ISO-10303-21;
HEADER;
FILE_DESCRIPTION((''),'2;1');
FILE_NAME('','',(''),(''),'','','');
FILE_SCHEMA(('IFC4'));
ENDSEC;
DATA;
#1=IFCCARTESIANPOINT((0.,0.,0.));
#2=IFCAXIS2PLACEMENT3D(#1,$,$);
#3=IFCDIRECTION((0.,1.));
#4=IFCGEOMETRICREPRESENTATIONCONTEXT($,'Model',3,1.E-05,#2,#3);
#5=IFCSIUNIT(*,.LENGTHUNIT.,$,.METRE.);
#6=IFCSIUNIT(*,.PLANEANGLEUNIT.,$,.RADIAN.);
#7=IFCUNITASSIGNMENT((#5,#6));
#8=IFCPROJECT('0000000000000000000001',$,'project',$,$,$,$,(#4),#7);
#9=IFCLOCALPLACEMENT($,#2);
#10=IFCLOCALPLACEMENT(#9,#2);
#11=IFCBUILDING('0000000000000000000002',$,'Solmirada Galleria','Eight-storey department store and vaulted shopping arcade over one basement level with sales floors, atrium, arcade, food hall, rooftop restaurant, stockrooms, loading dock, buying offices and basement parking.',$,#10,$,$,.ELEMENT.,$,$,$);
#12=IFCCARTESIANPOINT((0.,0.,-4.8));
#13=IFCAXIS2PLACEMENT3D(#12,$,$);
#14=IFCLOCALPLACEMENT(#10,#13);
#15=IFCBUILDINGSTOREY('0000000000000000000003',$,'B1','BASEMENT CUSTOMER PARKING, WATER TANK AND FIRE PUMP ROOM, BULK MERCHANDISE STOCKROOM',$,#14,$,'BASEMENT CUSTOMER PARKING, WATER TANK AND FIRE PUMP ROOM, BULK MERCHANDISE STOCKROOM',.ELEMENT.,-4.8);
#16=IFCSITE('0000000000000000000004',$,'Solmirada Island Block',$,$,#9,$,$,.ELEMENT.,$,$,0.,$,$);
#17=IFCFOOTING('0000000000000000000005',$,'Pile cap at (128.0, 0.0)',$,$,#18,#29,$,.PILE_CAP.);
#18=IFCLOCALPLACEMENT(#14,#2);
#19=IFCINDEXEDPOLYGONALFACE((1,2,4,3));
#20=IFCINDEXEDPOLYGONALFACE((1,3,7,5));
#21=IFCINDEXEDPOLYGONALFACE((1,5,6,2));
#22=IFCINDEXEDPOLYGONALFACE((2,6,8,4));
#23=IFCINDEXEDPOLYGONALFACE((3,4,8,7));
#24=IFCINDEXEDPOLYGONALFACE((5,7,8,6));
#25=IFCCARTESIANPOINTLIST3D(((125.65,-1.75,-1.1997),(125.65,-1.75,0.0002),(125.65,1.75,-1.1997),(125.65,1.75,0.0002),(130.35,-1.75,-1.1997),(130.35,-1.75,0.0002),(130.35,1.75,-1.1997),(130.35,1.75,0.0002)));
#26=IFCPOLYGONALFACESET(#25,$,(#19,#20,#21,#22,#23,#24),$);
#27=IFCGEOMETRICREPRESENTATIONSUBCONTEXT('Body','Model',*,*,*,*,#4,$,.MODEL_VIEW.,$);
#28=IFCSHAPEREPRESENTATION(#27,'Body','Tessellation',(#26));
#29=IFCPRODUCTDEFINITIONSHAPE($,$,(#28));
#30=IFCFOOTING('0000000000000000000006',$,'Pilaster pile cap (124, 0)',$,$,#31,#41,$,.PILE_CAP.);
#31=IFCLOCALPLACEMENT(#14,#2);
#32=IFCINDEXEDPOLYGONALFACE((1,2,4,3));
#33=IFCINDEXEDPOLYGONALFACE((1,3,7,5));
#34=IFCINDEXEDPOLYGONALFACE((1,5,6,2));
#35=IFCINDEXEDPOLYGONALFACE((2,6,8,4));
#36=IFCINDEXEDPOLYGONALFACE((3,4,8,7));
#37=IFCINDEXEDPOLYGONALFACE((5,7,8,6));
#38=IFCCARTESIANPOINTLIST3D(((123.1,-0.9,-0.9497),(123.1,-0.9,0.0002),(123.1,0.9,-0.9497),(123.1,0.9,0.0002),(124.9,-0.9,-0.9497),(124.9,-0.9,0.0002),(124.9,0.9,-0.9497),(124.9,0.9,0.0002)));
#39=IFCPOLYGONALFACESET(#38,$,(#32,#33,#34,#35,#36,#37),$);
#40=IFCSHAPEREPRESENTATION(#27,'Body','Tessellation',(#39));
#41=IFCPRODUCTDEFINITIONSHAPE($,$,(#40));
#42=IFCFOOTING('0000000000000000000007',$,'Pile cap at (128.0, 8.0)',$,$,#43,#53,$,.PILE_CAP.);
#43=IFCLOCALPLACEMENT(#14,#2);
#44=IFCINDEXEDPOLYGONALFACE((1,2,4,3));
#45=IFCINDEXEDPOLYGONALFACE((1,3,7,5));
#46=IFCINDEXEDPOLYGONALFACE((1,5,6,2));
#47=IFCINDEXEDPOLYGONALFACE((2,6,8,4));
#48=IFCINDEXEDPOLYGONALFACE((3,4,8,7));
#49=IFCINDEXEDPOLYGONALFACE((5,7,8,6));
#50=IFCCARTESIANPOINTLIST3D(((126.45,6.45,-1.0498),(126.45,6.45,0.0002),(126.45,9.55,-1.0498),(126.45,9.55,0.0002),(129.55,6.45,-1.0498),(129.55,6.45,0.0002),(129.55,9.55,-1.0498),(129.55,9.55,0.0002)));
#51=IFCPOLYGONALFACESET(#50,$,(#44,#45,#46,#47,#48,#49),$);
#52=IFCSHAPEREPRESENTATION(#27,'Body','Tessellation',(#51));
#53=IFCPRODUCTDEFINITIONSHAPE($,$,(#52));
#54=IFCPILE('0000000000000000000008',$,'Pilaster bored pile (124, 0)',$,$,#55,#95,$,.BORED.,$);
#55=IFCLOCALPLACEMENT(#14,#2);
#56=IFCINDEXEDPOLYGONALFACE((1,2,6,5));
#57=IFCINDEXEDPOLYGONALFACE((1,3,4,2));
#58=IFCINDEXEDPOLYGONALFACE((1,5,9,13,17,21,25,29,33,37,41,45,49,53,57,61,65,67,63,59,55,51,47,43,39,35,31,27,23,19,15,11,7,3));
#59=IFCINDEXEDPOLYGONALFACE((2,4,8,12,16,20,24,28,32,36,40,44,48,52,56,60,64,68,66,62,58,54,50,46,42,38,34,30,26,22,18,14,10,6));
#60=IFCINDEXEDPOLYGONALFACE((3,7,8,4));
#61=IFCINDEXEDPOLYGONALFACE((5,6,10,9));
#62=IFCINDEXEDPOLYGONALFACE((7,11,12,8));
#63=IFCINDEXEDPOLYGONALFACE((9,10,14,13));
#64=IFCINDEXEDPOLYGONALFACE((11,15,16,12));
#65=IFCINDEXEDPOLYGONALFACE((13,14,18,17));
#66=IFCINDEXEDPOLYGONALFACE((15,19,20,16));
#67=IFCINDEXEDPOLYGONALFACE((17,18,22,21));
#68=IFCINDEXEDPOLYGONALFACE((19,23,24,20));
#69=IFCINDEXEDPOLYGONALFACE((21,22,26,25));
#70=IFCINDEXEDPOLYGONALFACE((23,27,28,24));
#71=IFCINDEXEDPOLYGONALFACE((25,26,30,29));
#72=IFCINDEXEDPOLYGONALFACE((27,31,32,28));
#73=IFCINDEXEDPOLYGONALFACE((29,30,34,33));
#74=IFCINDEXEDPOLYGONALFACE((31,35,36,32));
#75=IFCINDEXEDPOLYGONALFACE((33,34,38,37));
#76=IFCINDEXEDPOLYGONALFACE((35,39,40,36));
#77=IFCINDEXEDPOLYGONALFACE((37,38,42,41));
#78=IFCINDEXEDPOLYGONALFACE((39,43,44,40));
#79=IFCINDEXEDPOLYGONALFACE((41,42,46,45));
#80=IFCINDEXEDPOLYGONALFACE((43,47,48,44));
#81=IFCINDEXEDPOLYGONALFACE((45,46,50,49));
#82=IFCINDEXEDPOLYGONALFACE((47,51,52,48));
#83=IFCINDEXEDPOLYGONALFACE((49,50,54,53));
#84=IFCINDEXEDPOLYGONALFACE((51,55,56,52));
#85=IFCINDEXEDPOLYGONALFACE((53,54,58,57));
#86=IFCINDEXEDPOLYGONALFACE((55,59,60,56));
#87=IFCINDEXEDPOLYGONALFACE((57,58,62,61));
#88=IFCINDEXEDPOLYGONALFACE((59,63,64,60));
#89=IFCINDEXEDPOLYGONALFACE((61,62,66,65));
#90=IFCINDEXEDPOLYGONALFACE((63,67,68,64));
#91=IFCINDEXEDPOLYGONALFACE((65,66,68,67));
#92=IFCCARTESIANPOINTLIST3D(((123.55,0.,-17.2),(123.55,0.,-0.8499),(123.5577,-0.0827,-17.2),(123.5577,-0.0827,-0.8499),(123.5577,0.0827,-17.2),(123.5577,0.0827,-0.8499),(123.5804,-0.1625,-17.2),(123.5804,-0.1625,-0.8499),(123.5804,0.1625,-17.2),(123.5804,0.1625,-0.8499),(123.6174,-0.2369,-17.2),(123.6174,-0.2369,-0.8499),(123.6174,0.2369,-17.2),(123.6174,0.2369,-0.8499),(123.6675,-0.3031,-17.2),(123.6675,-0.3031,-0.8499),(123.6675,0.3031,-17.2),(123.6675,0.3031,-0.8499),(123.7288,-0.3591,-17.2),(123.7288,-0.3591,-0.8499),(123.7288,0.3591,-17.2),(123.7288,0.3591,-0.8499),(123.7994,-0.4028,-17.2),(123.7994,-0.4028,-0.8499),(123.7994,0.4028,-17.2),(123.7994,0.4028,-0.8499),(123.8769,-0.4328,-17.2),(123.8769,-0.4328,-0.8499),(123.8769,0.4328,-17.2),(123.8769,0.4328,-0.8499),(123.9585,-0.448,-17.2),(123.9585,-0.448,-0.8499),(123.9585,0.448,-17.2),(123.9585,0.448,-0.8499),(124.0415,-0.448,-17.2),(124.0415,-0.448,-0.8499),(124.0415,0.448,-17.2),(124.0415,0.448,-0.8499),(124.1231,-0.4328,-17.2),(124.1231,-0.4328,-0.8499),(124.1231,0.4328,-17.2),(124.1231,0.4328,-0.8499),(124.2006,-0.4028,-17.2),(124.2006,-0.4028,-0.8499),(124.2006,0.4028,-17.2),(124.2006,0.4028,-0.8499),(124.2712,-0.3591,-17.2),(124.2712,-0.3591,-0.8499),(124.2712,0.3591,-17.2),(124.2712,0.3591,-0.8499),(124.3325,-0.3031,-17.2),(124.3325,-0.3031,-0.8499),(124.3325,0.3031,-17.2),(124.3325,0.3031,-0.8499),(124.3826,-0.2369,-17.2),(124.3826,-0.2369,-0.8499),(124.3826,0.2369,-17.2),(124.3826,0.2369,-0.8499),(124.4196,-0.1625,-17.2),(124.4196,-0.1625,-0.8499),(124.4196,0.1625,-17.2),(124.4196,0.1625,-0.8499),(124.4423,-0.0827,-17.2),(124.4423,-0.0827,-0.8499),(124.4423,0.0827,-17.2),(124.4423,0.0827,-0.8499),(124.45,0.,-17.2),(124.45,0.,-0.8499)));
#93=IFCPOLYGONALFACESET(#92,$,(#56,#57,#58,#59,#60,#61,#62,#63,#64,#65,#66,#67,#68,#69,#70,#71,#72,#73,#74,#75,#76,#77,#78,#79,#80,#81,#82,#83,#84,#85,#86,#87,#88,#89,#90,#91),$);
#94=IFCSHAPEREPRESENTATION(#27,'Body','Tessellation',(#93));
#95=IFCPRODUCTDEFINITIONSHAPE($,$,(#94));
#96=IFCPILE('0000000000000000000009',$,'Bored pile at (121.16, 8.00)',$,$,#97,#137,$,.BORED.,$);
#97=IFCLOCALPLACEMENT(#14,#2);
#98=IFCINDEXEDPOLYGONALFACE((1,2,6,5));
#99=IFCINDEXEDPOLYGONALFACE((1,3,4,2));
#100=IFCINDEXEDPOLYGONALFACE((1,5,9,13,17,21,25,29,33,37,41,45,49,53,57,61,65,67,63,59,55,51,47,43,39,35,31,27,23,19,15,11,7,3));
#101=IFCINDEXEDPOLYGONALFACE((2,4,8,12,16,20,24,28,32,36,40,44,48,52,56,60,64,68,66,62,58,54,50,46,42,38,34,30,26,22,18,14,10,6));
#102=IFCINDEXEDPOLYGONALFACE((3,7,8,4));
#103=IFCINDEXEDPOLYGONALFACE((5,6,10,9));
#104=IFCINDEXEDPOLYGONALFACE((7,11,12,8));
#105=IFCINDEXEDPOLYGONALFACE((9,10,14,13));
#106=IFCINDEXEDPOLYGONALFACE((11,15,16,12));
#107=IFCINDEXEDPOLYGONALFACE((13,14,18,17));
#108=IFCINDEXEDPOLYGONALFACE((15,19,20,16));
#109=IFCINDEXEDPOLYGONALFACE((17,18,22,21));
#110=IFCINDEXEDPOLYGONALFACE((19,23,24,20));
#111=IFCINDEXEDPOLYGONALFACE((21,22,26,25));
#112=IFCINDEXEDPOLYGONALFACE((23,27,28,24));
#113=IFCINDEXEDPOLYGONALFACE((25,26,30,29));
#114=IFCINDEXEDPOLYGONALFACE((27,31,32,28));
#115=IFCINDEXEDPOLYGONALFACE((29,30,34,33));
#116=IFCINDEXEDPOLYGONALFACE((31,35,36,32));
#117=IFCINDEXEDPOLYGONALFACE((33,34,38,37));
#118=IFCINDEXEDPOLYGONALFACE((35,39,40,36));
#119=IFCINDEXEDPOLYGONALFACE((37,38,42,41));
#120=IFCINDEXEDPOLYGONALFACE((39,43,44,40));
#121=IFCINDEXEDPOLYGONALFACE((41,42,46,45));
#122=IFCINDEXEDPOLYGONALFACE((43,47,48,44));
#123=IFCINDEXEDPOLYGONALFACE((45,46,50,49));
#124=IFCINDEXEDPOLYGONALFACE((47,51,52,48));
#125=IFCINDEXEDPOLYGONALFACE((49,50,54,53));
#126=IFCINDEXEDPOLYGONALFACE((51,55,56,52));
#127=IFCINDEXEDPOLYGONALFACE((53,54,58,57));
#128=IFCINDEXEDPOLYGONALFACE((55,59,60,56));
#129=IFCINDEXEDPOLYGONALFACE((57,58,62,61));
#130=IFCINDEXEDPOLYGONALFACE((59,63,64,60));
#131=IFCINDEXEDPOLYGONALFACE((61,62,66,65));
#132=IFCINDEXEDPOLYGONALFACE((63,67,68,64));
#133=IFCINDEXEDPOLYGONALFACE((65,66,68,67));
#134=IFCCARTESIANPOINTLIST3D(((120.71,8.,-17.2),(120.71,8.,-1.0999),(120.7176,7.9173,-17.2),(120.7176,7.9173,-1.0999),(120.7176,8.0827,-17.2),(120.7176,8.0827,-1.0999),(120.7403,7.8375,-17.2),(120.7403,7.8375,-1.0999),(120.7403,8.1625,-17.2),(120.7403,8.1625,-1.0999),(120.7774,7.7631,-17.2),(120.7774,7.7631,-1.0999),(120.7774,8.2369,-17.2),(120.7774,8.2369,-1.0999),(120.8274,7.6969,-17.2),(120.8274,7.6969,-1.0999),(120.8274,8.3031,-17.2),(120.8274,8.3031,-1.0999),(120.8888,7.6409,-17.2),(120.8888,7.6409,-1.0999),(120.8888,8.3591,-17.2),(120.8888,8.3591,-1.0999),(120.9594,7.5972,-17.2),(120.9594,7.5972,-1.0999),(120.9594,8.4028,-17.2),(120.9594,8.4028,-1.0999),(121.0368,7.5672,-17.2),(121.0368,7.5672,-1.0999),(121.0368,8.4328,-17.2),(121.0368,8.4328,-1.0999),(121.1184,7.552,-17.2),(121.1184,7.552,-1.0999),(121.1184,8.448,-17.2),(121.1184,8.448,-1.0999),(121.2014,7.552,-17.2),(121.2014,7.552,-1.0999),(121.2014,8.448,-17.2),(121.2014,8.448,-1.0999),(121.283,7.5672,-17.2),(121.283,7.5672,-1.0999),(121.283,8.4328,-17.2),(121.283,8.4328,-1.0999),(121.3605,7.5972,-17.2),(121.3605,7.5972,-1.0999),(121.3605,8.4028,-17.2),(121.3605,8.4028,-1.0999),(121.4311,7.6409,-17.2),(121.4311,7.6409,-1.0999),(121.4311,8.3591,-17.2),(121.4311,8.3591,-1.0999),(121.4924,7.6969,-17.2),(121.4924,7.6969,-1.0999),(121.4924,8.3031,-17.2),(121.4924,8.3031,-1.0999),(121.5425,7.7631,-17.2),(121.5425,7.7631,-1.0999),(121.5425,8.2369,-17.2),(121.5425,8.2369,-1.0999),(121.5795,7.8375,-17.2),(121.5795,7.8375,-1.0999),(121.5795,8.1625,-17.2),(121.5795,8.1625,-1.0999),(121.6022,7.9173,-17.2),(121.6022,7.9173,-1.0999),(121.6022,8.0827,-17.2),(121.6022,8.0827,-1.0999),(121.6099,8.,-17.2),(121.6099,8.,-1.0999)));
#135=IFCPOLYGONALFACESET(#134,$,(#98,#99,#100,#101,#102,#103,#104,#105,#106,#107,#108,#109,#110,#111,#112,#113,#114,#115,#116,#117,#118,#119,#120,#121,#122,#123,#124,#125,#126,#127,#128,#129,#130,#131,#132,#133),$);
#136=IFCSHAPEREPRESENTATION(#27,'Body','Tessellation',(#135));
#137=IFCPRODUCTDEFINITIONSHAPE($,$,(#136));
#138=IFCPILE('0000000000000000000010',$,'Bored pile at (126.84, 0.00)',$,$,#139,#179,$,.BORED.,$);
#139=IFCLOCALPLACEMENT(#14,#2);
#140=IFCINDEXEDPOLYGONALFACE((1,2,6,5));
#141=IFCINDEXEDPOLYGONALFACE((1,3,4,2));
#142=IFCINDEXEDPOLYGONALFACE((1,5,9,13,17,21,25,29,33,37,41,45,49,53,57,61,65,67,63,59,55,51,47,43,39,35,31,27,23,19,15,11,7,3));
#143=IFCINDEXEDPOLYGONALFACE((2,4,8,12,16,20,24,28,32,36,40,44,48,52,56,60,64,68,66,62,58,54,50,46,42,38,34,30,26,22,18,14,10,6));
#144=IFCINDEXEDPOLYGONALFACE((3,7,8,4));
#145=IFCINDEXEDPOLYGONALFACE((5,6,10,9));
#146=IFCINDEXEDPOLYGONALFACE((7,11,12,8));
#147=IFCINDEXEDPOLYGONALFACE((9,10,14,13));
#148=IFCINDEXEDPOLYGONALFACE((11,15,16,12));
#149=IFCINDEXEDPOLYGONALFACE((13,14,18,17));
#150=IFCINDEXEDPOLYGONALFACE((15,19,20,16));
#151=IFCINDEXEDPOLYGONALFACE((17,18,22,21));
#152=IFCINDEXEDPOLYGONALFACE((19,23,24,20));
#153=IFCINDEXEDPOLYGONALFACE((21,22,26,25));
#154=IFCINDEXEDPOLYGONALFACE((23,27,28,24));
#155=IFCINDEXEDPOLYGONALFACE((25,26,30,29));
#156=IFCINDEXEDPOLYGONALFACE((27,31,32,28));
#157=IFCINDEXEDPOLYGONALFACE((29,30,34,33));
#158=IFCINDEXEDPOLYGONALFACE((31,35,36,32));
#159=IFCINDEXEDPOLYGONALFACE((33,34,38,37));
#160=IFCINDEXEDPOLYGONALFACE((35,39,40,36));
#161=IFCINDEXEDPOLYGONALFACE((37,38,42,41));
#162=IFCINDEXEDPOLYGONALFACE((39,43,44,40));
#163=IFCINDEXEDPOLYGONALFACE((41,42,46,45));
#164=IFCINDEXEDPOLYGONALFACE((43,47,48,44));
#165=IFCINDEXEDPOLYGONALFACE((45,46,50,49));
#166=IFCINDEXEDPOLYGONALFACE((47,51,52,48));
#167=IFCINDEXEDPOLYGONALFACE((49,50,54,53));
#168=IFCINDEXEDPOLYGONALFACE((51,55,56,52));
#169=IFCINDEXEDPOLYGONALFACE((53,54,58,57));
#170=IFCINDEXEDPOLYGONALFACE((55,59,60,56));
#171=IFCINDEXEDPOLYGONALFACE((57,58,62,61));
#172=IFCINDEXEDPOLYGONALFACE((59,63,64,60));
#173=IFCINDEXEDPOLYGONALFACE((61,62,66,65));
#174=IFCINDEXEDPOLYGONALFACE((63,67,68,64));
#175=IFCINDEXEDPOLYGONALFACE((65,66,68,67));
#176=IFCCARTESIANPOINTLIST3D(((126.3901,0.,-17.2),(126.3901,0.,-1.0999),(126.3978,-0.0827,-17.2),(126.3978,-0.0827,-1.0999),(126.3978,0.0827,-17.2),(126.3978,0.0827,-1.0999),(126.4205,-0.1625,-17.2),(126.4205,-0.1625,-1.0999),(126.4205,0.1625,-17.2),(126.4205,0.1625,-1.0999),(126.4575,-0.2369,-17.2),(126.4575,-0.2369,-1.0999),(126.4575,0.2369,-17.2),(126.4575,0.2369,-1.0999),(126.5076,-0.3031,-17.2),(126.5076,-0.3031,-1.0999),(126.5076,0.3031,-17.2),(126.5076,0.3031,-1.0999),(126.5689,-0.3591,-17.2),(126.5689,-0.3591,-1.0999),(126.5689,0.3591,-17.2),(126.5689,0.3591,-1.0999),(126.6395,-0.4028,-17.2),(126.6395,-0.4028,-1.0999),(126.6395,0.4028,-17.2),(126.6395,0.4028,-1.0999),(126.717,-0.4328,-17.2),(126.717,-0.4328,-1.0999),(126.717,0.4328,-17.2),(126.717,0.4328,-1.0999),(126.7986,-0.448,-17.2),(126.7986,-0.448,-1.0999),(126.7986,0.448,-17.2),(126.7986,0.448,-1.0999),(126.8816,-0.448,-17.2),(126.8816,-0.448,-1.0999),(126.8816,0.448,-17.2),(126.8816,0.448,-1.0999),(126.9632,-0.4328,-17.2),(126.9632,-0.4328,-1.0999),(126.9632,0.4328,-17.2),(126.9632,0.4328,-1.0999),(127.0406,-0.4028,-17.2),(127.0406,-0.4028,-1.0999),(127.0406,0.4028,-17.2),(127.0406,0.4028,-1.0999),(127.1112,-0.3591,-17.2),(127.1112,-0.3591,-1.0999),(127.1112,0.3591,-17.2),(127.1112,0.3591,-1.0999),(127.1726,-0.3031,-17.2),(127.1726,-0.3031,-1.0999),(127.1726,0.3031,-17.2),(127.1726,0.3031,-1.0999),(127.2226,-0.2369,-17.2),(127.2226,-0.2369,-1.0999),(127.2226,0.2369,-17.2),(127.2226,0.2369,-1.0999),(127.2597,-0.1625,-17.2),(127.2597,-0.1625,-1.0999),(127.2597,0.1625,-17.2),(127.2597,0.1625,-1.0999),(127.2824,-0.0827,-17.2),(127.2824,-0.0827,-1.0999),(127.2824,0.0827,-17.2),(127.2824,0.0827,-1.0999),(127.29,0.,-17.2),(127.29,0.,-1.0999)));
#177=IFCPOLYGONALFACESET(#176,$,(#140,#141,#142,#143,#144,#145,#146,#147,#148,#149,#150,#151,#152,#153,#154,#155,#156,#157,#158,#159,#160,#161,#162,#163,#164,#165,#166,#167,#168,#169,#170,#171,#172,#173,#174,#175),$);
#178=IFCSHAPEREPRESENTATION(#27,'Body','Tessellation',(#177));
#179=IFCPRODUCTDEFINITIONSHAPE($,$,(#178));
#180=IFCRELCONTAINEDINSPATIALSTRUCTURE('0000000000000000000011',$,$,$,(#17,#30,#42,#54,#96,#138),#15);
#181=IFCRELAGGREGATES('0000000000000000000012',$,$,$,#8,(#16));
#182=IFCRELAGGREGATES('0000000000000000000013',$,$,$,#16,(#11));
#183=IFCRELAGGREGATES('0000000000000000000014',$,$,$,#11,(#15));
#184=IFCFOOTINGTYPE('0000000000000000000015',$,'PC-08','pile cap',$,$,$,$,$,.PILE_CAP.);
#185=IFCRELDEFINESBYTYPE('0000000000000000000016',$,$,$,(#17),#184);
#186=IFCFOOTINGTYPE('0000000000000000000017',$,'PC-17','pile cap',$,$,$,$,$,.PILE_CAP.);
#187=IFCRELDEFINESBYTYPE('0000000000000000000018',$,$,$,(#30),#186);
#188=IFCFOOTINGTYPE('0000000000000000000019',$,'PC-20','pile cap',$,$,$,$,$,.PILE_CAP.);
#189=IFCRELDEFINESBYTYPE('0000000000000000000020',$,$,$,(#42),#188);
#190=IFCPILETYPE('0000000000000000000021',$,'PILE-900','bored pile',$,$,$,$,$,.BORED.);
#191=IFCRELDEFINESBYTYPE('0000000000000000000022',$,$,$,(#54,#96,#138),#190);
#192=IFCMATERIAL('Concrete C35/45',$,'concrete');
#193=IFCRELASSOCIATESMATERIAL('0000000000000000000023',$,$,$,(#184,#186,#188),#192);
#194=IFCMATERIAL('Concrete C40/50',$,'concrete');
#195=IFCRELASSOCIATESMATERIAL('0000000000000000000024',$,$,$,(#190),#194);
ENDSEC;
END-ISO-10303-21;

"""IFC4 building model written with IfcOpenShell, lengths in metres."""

from ifc_helpers import new_model, si_unit, direction, frame, origin, origin_2d, place, context, subcontext, project, spatial, rectangle, circle, extrude, material, material_profile, profile_set, type_object, element, save


model = new_model("IFC4")

# Units and contexts
model_context = context("Model", 3, precision=1e-05, world=origin(), true_north=direction((0.0, 1.0)))
body_context = subcontext(model_context, "Body", "Model", "MODEL_VIEW")
ifc_project = project(units=[si_unit("LENGTHUNIT", "METRE"), si_unit("PLANEANGLEUNIT", "RADIAN")], contexts=[model_context])

# Site, building, storey
site_placement = place(None, origin())
site = spatial("IfcSite", under=ifc_project, at=site_placement, Name="Solmirada Island Block", CompositionType="ELEMENT", RefElevation=0.0)
building_placement = place(site_placement, origin())
building = spatial("IfcBuilding", under=site, at=building_placement, Name="Solmirada Galleria", Description="Eight-storey department store and vaulted shopping arcade over one basement level with sales floors, atrium, arcade, food hall, rooftop restaurant, stockrooms, loading dock, buying offices and basement parking.", CompositionType="ELEMENT")
storey_placement = place(building_placement, frame((0.0, 0.0, -4.8)))
storey = spatial("IfcBuildingStorey", under=building, at=storey_placement, Name="B1", Description="BASEMENT CUSTOMER PARKING, WATER TANK AND FIRE PUMP ROOM, BULK MERCHANDISE STOCKROOM", LongName="BASEMENT CUSTOMER PARKING, WATER TANK AND FIRE PUMP ROOM, BULK MERCHANDISE STOCKROOM", CompositionType="ELEMENT", Elevation=-4.8)

# Footings
ifc_material_1 = material(Name="Concrete C35/45", Category="concrete")
footing_type_1 = type_object("IfcFootingType", Name="PC-08", Description="pile cap", PredefinedType="PILE_CAP", material=ifc_material_1)
footing_1_placement = place(storey_placement, frame((128.0, 0.0, -1.1997), z_axis=(0.0, 0.0, 1.0), x_axis=(1.0, 0.0, 0.0)))
element("IfcFooting", 1, at=footing_1_placement, inside=storey, type_object=footing_type_1, Name="Pile cap at (128.0, 0.0)", PredefinedType="PILE_CAP", context=body_context, shape_type="SweptSolid", body=[
    extrude(rectangle(XDim=4.7, YDim=3.5, at=origin_2d()), origin(), (0.0, 0.0, 1.0), 1.2),
])
footing_type_2 = type_object("IfcFootingType", Name="PC-17", Description="pile cap", PredefinedType="PILE_CAP", material=ifc_material_1)
footing_2_placement = place(storey_placement, frame((124.0, 0.0, -0.9497), z_axis=(0.0, 0.0, 1.0), x_axis=(1.0, 0.0, 0.0)))
element("IfcFooting", 2, at=footing_2_placement, inside=storey, type_object=footing_type_2, Name="Pilaster pile cap (124, 0)", PredefinedType="PILE_CAP", context=body_context, shape_type="SweptSolid", body=[
    extrude(rectangle(XDim=1.8, YDim=1.8, at=origin_2d()), origin(), (0.0, 0.0, 1.0), 0.95),
])
footing_type_3 = type_object("IfcFootingType", Name="PC-20", Description="pile cap", PredefinedType="PILE_CAP", material=ifc_material_1)
footing_3_placement = place(storey_placement, frame((128.0, 8.0, -1.0498), z_axis=(0.0, 0.0, 1.0), x_axis=(1.0, 0.0, 0.0)))
element("IfcFooting", 3, at=footing_3_placement, inside=storey, type_object=footing_type_3, Name="Pile cap at (128.0, 8.0)", PredefinedType="PILE_CAP", context=body_context, shape_type="SweptSolid", body=[
    extrude(rectangle(XDim=3.1001, YDim=3.1001, at=origin_2d()), origin(), (0.0, 0.0, 1.0), 1.05),
])

# Piles
ifc_material_2 = material(Name="Concrete C40/50", Category="concrete")
ifc_material_profile_1 = material_profile(ifc_material_2, circle(Radius=0.45, at=origin_2d()), Name="PILE900")
ifc_profile_set_1 = profile_set([ifc_material_profile_1], Name="Concrete C40/50")
pile_type = type_object("IfcPileType", Name="PILE-900", Description="bored pile", PredefinedType="BORED", material=ifc_profile_set_1)
pile_1_placement = place(storey_placement, frame((124.0, 0.0, -0.8499), z_axis=(0.0, 0.0, -1.0), x_axis=(1.0, 0.0, 0.0)))
element("IfcPile", 4, at=pile_1_placement, inside=storey, type_object=pile_type, Name="Pilaster bored pile (124, 0)", PredefinedType="BORED", context=body_context, shape_type="SweptSolid", body=[
    extrude(circle(Radius=0.45, at=origin_2d()), origin(), (0.0, 0.0, 1.0), 16.3501),
])
for number, where, z_axis, x_axis, name in (
    (5, (121.1599, 8.0, -1.0999), (0.0, 0.0, -1.0), (1.0, 0.0, 0.0), "Bored pile at (121.16, 8.00)"),
    (6, (126.8401, 0.0, -1.0999), (0.0, 0.0, -1.0), (1.0, 0.0, 0.0), "Bored pile at (126.84, 0.00)"),
):
    element("IfcPile", number, at=place(storey_placement, frame(where, z_axis=z_axis, x_axis=x_axis)), inside=storey, type_object=pile_type, Name=name, PredefinedType="BORED", context=body_context, shape_type="SweptSolid", body=[
        extrude(circle(Radius=0.45, at=origin_2d()), origin(), (0.0, 0.0, 1.0), 16.1001),
    ])

save(model, "model.ifc")
